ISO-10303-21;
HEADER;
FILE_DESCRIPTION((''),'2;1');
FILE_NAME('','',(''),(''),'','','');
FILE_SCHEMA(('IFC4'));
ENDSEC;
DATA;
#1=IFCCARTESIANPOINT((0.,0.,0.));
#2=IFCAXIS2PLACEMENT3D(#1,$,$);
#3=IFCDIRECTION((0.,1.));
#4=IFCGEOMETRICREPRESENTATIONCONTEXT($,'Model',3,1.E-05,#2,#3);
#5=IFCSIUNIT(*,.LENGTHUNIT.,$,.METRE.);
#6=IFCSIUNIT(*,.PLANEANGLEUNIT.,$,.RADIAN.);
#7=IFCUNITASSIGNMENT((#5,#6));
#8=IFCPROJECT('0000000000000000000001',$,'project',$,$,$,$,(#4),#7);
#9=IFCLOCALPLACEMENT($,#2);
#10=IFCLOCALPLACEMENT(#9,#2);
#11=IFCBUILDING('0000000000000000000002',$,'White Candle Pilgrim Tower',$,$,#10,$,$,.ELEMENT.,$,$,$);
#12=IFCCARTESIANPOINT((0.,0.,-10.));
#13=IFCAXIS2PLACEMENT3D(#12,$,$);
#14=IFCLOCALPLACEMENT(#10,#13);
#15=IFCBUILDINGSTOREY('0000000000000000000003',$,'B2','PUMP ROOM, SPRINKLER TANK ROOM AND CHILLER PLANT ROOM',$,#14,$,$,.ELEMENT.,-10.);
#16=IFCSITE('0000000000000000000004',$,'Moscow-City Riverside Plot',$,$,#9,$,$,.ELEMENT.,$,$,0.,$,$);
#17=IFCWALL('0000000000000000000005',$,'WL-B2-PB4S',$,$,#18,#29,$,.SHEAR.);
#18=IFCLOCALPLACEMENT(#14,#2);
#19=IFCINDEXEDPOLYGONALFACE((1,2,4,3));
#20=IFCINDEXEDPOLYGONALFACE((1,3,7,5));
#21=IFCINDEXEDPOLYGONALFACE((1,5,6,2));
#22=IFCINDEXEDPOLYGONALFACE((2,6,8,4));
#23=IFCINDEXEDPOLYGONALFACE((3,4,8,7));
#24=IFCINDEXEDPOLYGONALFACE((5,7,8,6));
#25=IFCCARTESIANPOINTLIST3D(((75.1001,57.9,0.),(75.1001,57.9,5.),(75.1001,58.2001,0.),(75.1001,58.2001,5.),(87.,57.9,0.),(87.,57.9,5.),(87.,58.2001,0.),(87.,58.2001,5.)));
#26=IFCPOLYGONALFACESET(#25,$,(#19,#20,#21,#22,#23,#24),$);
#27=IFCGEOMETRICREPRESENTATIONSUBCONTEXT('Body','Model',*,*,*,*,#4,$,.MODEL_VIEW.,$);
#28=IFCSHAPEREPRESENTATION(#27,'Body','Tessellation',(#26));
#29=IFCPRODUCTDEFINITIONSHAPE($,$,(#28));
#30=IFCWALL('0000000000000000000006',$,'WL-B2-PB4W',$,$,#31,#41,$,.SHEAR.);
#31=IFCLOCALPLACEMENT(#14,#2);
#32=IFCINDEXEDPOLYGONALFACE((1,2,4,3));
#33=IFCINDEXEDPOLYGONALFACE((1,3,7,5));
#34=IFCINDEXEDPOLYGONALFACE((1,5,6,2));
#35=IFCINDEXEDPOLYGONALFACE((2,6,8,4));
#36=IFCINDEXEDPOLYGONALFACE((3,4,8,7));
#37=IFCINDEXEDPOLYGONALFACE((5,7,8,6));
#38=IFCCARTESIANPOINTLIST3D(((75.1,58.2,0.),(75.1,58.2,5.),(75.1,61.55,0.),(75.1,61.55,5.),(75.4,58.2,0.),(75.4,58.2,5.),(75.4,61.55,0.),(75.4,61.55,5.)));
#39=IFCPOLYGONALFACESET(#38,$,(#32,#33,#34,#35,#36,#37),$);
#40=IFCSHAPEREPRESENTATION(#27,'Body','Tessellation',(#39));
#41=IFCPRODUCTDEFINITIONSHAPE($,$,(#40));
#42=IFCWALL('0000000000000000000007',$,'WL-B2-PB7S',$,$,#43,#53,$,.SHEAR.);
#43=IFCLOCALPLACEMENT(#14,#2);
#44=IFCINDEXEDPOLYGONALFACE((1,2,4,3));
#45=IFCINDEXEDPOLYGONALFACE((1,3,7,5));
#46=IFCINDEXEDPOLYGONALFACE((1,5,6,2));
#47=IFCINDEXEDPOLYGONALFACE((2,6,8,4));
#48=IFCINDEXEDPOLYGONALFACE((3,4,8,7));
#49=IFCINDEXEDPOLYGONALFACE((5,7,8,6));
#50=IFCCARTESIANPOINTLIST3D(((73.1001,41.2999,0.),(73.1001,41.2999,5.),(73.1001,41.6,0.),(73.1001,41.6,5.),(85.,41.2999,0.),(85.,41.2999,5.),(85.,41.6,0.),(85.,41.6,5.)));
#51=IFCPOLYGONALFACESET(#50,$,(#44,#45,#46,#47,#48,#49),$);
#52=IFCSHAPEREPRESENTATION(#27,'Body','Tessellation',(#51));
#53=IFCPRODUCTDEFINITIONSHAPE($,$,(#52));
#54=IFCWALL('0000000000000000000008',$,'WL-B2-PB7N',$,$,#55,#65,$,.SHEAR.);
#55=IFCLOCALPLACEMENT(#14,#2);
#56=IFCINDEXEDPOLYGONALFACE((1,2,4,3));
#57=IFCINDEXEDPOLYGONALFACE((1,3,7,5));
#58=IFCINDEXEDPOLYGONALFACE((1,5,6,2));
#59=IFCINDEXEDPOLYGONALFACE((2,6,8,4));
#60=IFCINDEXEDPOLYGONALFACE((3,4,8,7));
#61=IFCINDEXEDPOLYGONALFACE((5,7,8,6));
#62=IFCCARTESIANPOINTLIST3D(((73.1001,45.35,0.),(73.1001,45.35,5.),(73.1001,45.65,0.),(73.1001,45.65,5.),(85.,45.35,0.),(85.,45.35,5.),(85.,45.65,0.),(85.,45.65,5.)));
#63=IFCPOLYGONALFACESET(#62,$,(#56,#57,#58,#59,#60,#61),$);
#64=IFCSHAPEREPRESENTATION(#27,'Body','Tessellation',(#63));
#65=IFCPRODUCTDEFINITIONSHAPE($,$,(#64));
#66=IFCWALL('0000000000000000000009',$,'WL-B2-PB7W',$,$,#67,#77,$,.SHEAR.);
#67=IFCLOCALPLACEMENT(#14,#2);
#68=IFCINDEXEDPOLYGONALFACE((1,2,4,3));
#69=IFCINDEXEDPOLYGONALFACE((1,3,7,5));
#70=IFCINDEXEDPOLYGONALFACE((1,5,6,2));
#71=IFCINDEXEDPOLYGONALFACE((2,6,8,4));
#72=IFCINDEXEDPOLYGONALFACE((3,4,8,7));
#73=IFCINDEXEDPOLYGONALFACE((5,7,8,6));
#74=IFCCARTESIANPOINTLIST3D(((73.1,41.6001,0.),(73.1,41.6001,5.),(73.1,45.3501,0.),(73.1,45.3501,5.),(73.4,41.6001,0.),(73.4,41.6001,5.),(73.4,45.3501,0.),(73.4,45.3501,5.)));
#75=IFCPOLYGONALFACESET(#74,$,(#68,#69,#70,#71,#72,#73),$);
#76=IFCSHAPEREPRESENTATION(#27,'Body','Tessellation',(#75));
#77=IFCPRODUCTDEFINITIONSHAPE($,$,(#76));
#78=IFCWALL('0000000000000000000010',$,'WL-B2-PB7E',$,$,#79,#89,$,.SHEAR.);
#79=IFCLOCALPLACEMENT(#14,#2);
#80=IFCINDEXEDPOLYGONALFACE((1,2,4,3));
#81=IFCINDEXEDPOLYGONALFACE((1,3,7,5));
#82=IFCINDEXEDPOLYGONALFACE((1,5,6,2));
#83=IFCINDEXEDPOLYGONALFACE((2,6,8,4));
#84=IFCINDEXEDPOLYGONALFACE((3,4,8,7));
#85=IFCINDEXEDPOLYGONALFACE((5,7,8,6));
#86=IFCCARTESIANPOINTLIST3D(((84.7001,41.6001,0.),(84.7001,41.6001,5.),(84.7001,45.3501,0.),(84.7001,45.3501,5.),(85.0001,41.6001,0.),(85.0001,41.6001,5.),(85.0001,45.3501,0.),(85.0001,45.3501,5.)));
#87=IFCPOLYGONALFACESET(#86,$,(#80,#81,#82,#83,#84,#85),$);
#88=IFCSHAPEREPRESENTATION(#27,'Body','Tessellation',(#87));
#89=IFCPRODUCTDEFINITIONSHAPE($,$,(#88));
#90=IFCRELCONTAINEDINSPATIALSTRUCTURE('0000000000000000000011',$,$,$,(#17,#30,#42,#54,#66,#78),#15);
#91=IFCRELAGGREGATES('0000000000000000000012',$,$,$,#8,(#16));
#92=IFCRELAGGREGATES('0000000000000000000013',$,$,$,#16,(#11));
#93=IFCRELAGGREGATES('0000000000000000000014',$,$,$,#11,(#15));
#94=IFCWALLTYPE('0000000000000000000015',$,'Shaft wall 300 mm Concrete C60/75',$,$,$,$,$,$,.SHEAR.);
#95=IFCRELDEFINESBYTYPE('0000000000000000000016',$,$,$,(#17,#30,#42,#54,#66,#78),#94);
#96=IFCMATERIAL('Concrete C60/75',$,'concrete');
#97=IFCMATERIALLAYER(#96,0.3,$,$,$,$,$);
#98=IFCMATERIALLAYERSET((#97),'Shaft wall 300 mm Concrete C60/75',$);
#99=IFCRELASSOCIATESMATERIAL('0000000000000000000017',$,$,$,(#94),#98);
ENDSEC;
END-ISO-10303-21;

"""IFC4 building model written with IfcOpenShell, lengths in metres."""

from ifc_helpers import new_model, si_unit, direction, frame, frame_2d, origin, place, context, subcontext, project, spatial, rectangle, extrude, material, layer, layer_set, type_object, element, save


model = new_model("IFC4")

# Units and contexts
model_context = context("Model", 3, precision=1e-05, world=origin(), true_north=direction((0.0, 1.0)))
body_context = subcontext(model_context, "Body", "Model", "MODEL_VIEW")
ifc_project = project(units=[si_unit("LENGTHUNIT", "METRE"), si_unit("PLANEANGLEUNIT", "RADIAN")], contexts=[model_context])

# Site, building, storey
site_placement = place(None, origin())
site = spatial("IfcSite", under=ifc_project, at=site_placement, Name="Moscow-City Riverside Plot", CompositionType="ELEMENT", RefElevation=0.0)
building_placement = place(site_placement, origin())
building = spatial("IfcBuilding", under=site, at=building_placement, Name="White Candle Pilgrim Tower", CompositionType="ELEMENT")
storey_placement = place(building_placement, frame((0.0, 0.0, -10.0)))
storey = spatial("IfcBuildingStorey", under=building, at=storey_placement, Name="B2", Description="PUMP ROOM, SPRINKLER TANK ROOM AND CHILLER PLANT ROOM", CompositionType="ELEMENT", Elevation=-10.0)

# Walls
ifc_material_1 = material(Name="Concrete C60/75", Category="concrete")
ifc_layer_1 = layer(ifc_material_1, 0.3)
ifc_layer_set_1 = layer_set([ifc_layer_1], Name="Shaft wall 300 mm Concrete C60/75")
wall_type_1 = type_object("IfcWallType", Name="Shaft wall 300 mm Concrete C60/75", PredefinedType="SHEAR", material=ifc_layer_set_1)
wall_1_placement = place(storey_placement, frame((75.1001, 58.05, 0.0), z_axis=(0.0, 0.0, 1.0), x_axis=(1.0, 0.0, 0.0)))
element("IfcWall", 1, at=wall_1_placement, inside=storey, type_object=wall_type_1, Name="WL-B2-PB4S", PredefinedType="SHEAR", context=body_context, shape_type="SweptSolid", body=[
    extrude(rectangle(XDim=11.8999, YDim=0.3, at=frame_2d((5.95, 0.0))), origin(), (0.0, 0.0, 1.0), 5.0),
])
wall_2_placement = place(storey_placement, frame((75.25, 58.2, 0.0), z_axis=(0.0, 0.0, 1.0), x_axis=(0.0, 1.0, 0.0)))
element("IfcWall", 2, at=wall_2_placement, inside=storey, type_object=wall_type_1, Name="WL-B2-PB4W", PredefinedType="SHEAR", context=body_context, shape_type="SweptSolid", body=[
    extrude(rectangle(XDim=3.3501, YDim=0.3, at=frame_2d((1.675, 0.0))), origin(), (0.0, 0.0, 1.0), 5.0),
])
for number, where, z_axis, x_axis, name in (
    (3, (73.1001, 41.45, 0.0), (0.0, 0.0, 1.0), (1.0, 0.0, 0.0), "WL-B2-PB7S"),
    (4, (73.1001, 45.5, 0.0), (0.0, 0.0, 1.0), (1.0, 0.0, 0.0), "WL-B2-PB7N"),
):
    element("IfcWall", number, at=place(storey_placement, frame(where, z_axis=z_axis, x_axis=x_axis)), inside=storey, type_object=wall_type_1, Name=name, PredefinedType="SHEAR", context=body_context, shape_type="SweptSolid", body=[
        extrude(rectangle(XDim=11.8999, YDim=0.3, at=frame_2d((5.95, 0.0))), origin(), (0.0, 0.0, 1.0), 5.0),
    ])
for number, where, z_axis, x_axis, name in (
    (5, (73.25, 41.6001, 0.0), (0.0, 0.0, 1.0), (0.0, 1.0, 0.0), "WL-B2-PB7W"),
    (6, (84.8501, 41.6001, 0.0), (0.0, 0.0, 1.0), (0.0, 1.0, 0.0), "WL-B2-PB7E"),
):
    element("IfcWall", number, at=place(storey_placement, frame(where, z_axis=z_axis, x_axis=x_axis)), inside=storey, type_object=wall_type_1, Name=name, PredefinedType="SHEAR", context=body_context, shape_type="SweptSolid", body=[
        extrude(rectangle(XDim=3.75, YDim=0.3, at=frame_2d((1.875, 0.0))), origin(), (0.0, 0.0, 1.0), 5.0),
    ])

save(model, "model.ifc")
